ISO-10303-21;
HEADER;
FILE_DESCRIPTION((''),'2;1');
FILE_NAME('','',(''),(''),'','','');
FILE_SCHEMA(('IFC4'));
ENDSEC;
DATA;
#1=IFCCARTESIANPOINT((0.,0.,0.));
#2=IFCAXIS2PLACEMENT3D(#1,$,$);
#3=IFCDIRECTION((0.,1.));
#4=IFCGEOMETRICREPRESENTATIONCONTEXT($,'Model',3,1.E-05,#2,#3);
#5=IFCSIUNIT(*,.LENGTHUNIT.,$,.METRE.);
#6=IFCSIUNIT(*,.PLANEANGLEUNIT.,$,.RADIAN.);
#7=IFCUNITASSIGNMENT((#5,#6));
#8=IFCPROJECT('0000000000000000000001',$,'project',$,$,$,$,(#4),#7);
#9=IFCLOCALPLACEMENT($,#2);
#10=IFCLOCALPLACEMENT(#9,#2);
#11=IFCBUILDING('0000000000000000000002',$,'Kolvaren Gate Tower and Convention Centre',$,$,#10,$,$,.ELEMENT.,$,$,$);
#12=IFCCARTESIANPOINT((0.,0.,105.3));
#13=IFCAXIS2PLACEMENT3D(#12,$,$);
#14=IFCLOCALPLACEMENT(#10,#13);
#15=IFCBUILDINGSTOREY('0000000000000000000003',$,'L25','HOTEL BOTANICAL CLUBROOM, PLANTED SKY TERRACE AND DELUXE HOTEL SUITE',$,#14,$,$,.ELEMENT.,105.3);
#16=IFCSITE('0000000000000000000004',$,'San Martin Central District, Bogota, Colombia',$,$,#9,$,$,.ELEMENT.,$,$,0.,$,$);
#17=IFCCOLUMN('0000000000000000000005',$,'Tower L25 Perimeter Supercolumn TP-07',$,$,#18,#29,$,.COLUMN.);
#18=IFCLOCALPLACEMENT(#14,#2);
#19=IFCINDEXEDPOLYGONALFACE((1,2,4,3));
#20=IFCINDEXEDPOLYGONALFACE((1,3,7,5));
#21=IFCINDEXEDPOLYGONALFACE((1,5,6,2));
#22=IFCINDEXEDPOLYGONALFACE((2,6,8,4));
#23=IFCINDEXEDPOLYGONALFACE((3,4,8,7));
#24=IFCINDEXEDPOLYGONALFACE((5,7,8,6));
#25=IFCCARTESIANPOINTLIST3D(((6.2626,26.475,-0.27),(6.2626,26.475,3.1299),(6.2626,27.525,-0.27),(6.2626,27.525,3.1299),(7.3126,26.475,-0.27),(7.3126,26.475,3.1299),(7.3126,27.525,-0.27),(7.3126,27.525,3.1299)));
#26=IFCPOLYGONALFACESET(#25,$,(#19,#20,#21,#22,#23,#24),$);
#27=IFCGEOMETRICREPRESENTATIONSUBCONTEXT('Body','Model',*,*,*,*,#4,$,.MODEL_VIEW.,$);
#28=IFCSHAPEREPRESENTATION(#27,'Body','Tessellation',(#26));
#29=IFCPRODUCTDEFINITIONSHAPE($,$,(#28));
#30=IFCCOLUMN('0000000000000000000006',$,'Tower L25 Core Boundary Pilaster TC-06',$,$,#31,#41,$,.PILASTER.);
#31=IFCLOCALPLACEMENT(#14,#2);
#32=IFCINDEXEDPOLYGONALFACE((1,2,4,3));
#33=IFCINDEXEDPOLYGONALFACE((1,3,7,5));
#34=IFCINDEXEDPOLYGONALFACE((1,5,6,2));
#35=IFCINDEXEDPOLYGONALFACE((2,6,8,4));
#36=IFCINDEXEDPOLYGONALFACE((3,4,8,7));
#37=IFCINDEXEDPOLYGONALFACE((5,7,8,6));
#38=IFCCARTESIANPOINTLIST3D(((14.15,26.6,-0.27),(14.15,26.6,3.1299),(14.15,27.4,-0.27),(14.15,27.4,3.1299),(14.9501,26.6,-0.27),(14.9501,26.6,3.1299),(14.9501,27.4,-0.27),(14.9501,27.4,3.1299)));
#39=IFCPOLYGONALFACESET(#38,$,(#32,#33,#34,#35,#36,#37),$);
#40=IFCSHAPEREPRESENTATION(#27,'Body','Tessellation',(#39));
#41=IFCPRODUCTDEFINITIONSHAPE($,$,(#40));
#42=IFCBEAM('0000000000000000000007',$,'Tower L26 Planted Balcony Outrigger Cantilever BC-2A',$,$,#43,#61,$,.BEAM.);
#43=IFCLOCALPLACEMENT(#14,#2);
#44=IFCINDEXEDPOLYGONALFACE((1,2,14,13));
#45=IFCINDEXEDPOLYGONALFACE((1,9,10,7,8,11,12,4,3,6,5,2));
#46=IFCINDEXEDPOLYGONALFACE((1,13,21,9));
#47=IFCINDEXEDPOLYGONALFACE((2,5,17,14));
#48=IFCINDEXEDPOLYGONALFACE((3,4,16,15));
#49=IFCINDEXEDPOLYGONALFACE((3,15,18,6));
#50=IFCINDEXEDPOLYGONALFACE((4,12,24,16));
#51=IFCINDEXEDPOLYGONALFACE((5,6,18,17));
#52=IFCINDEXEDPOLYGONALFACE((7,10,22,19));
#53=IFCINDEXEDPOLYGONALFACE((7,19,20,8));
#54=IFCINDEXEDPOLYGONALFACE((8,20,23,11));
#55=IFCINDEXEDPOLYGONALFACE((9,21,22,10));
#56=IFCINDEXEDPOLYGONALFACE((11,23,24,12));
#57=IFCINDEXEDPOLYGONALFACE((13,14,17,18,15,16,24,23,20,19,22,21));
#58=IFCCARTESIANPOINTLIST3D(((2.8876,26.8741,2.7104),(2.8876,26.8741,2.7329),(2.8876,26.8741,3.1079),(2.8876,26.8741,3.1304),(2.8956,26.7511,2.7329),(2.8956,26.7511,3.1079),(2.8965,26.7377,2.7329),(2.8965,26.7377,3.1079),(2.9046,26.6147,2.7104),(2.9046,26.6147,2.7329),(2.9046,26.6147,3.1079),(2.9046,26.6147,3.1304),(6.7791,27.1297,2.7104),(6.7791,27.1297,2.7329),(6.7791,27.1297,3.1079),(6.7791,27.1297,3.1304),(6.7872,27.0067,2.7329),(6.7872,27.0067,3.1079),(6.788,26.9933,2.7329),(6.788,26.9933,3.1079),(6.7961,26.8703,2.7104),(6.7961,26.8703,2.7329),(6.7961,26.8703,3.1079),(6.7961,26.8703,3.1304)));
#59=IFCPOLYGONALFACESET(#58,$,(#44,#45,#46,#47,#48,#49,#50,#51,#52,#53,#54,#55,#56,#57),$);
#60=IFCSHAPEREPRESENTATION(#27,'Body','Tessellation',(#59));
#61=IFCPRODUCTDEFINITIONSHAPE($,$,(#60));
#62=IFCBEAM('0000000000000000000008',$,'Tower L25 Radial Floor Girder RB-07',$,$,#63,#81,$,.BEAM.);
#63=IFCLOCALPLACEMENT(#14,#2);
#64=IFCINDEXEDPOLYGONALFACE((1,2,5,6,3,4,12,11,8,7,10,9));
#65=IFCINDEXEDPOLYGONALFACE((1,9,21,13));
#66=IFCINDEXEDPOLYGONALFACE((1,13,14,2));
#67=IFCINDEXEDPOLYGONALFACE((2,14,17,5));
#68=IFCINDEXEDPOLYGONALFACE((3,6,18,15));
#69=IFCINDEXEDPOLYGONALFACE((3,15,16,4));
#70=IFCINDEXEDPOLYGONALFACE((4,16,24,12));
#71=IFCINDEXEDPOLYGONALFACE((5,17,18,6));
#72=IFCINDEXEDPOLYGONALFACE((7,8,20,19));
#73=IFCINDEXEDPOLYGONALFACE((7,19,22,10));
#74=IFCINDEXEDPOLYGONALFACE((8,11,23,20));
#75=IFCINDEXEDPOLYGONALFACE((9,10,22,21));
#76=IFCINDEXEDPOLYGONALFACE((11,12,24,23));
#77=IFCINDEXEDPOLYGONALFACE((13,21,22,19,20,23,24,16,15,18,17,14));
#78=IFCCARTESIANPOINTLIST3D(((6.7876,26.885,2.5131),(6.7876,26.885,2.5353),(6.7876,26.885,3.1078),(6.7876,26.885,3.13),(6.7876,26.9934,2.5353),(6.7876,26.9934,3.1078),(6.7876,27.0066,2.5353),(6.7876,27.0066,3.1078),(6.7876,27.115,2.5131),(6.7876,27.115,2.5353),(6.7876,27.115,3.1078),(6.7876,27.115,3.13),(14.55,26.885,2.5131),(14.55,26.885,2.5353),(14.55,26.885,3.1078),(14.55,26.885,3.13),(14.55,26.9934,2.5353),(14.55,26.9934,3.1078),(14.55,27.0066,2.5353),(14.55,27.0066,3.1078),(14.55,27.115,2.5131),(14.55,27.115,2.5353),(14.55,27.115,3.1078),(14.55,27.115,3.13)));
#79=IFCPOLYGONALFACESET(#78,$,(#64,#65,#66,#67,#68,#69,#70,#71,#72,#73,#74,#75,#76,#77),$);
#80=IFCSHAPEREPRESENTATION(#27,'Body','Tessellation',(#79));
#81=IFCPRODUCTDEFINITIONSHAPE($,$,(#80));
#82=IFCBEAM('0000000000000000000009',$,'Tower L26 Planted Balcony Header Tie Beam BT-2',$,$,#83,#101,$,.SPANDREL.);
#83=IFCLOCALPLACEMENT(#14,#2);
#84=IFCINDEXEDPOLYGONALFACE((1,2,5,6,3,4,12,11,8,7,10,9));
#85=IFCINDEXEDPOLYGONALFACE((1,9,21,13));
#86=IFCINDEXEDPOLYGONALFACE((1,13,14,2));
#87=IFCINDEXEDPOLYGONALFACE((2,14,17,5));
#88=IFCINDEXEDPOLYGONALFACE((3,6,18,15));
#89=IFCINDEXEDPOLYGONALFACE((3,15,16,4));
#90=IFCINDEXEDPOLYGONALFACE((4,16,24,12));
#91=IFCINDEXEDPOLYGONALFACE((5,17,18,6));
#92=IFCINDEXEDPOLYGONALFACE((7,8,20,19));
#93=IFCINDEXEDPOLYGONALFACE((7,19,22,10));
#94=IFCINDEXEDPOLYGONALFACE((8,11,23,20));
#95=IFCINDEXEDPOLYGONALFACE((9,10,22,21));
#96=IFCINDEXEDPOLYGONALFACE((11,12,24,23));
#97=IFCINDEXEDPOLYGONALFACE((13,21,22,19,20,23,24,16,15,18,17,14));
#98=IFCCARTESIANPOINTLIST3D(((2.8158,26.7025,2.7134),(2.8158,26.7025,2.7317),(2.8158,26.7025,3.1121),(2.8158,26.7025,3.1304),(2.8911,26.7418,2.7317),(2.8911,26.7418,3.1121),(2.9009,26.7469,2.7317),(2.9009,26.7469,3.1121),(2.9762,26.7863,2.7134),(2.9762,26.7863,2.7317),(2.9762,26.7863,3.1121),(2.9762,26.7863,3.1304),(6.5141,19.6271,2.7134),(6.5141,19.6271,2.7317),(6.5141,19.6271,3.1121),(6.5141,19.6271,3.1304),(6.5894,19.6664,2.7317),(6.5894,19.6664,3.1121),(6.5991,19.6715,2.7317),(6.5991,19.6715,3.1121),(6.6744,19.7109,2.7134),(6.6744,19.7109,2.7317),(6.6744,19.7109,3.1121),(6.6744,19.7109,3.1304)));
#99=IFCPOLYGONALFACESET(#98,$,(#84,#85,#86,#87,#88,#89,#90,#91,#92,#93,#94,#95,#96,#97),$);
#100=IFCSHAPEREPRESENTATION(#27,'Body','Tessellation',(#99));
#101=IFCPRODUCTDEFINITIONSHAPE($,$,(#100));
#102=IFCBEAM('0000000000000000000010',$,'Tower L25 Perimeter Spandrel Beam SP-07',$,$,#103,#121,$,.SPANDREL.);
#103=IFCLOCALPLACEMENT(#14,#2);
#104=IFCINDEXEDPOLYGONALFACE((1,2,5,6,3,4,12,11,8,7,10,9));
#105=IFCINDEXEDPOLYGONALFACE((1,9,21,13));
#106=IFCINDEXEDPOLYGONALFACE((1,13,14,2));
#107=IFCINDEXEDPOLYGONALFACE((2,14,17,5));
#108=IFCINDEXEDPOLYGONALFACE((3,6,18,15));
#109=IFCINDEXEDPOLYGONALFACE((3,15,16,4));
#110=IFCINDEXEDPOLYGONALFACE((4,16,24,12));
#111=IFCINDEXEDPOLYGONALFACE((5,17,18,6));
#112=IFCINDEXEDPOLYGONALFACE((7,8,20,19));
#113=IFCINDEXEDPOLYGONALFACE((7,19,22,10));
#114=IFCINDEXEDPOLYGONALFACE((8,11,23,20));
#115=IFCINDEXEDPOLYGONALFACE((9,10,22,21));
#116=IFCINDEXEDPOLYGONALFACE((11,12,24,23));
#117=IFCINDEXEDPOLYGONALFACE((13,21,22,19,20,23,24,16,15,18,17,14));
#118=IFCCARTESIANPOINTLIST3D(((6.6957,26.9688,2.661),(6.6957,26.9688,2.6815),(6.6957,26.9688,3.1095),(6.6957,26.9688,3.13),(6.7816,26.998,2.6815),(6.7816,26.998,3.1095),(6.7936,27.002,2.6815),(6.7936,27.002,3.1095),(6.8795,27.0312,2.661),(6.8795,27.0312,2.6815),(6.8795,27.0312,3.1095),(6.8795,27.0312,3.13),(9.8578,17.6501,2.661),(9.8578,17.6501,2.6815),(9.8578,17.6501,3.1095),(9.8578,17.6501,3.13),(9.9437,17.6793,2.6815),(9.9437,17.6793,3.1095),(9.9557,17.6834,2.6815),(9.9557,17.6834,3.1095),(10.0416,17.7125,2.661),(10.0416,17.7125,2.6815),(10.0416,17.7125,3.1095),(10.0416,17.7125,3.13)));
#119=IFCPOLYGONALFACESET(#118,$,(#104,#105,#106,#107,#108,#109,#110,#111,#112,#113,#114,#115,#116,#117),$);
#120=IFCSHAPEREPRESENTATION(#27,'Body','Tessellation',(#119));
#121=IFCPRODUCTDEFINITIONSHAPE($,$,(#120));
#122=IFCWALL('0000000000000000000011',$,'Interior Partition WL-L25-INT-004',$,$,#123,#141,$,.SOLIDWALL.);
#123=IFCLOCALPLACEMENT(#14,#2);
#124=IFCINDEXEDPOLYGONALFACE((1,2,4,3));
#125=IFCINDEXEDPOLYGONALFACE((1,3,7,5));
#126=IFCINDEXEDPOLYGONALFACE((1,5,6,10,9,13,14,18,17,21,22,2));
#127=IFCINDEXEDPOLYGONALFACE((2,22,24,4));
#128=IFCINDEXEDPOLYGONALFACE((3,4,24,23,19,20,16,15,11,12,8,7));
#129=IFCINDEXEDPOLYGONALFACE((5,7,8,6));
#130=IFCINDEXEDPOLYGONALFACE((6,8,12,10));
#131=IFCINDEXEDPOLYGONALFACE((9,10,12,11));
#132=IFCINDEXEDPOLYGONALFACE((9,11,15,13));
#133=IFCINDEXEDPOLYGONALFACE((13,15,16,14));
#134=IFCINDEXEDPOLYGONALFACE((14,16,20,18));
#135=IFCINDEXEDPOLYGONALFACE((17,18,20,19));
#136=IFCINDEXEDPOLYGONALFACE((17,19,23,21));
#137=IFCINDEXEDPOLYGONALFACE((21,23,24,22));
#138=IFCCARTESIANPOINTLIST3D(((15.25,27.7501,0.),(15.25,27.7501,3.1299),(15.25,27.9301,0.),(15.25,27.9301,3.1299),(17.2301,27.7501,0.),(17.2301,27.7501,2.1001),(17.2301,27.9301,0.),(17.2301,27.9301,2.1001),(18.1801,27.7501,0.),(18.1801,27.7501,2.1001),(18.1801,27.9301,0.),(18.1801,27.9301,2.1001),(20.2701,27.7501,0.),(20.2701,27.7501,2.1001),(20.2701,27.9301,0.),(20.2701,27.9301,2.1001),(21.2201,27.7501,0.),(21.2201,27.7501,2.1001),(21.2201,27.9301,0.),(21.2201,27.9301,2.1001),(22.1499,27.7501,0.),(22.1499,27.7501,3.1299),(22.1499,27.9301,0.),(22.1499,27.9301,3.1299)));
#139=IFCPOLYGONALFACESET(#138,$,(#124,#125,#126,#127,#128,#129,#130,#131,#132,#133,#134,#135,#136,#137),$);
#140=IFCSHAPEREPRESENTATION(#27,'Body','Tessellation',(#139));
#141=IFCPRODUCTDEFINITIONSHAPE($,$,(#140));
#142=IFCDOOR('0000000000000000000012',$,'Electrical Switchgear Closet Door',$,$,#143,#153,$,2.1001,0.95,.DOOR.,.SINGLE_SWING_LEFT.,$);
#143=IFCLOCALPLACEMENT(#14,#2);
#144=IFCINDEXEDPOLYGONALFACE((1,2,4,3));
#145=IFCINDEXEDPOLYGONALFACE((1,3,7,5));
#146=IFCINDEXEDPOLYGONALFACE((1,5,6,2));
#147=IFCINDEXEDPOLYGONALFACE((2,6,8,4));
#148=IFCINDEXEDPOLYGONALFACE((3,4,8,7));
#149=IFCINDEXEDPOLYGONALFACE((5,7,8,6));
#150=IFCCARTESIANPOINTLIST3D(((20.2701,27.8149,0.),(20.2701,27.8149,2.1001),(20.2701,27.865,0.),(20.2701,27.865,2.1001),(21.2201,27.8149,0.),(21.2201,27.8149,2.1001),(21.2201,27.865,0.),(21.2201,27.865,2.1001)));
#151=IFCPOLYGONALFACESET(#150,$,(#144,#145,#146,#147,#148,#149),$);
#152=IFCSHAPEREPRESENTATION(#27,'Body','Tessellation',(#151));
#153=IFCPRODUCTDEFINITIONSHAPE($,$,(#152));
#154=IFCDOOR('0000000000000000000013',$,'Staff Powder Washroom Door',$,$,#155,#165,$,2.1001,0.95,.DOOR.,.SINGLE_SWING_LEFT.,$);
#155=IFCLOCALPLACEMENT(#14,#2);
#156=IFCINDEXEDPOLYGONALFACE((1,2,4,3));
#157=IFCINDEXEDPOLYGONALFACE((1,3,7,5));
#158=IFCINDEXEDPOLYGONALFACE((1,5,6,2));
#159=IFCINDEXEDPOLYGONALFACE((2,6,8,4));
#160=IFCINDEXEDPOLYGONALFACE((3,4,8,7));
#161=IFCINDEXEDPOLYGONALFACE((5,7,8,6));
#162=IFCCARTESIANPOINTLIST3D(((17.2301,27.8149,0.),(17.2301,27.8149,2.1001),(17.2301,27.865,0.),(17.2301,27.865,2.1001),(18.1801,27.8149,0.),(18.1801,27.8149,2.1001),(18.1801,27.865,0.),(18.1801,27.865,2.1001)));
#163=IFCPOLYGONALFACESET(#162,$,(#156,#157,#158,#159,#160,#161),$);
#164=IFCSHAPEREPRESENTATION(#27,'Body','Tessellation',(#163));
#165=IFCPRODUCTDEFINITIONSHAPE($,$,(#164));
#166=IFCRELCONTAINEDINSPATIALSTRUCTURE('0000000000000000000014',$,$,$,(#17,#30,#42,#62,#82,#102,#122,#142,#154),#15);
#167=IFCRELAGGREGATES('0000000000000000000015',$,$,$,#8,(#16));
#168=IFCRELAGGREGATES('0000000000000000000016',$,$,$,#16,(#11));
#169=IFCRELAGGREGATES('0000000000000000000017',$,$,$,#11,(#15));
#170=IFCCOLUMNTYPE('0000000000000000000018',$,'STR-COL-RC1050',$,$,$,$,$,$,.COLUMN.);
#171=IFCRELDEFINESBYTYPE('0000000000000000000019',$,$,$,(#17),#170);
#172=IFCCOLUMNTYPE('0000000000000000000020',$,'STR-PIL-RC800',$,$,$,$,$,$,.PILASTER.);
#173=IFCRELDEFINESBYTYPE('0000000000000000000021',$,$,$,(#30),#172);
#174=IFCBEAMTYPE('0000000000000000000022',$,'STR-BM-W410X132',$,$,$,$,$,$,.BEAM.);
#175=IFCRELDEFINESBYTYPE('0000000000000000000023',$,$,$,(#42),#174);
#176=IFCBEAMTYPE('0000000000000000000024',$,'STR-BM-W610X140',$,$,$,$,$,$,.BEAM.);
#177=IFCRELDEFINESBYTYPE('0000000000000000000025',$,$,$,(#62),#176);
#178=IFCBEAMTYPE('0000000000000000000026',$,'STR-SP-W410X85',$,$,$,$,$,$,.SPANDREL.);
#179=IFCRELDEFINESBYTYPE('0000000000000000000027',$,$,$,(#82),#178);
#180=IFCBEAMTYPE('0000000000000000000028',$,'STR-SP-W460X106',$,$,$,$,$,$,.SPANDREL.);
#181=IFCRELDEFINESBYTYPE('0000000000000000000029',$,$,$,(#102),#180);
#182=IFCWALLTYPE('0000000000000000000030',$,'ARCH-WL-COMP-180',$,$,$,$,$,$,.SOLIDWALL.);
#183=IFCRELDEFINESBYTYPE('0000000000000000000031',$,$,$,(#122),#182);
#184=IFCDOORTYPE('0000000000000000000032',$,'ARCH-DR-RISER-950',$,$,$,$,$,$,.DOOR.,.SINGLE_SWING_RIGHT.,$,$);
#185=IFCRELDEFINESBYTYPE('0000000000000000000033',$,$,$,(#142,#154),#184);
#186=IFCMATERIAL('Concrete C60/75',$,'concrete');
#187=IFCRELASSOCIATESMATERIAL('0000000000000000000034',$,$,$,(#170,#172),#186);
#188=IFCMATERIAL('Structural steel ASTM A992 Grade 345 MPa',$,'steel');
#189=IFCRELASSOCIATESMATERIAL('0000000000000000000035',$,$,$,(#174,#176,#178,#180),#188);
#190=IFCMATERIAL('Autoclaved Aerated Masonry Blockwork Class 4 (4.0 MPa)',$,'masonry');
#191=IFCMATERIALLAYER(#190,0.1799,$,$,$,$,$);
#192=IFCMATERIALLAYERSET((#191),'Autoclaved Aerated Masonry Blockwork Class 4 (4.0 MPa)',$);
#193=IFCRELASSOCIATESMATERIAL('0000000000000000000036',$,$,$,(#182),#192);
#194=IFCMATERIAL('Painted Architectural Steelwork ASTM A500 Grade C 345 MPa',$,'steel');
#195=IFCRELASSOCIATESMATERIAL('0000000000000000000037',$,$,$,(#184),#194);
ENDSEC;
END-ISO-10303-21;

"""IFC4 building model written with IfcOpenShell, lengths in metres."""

from ifc_helpers import new_model, si_unit, direction, frame, frame_2d, origin, origin_2d, place, context, subcontext, project, spatial, rectangle, i_section, extrude, material, layer, layer_set, material_profile, profile_set, type_object, element, fill, save


model = new_model("IFC4")

# Units and contexts
model_context = context("Model", 3, precision=1e-05, world=origin(), true_north=direction((0.0, 1.0)))
body_context = subcontext(model_context, "Body", "Model", "MODEL_VIEW")
ifc_project = project(units=[si_unit("LENGTHUNIT", "METRE"), si_unit("PLANEANGLEUNIT", "RADIAN")], contexts=[model_context])

# Site, building, storey
site_placement = place(None, origin())
site = spatial("IfcSite", under=ifc_project, at=site_placement, Name="San Martin Central District, Bogota, Colombia", CompositionType="ELEMENT", RefElevation=0.0)
building_placement = place(site_placement, origin())
building = spatial("IfcBuilding", under=site, at=building_placement, Name="Kolvaren Gate Tower and Convention Centre", CompositionType="ELEMENT")
storey_placement = place(building_placement, frame((0.0, 0.0, 105.3)))
storey = spatial("IfcBuildingStorey", under=building, at=storey_placement, Name="L25", Description="HOTEL BOTANICAL CLUBROOM, PLANTED SKY TERRACE AND DELUXE HOTEL SUITE", CompositionType="ELEMENT", Elevation=105.3)

# Columns
ifc_material_1 = material(Name="Concrete C60/75", Category="concrete")
ifc_material_profile_1 = material_profile(ifc_material_1, rectangle(XDim=1.05, YDim=1.05, at=origin_2d()), Name="RC-COL-1050X1050")
ifc_profile_set_1 = profile_set([ifc_material_profile_1], Name="Concrete C60/75")
column_type_1 = type_object("IfcColumnType", Name="STR-COL-RC1050", PredefinedType="COLUMN", material=ifc_profile_set_1)
column_1_placement = place(storey_placement, frame((6.7876, 27.0, -0.27), z_axis=(0.0, 0.0, 1.0), x_axis=(1.0, 0.0, 0.0)))
element("IfcColumn", 1, at=column_1_placement, inside=storey, type_object=column_type_1, Name="Tower L25 Perimeter Supercolumn TP-07", PredefinedType="COLUMN", context=body_context, shape_type="SweptSolid", body=[
    extrude(rectangle(XDim=1.05, YDim=1.05, at=origin_2d()), origin(), (0.0, 0.0, 1.0), 3.3999),
])
ifc_material_profile_2 = material_profile(ifc_material_1, rectangle(XDim=0.8, YDim=0.8, at=origin_2d()), Name="RC-COL-800X800")
ifc_profile_set_2 = profile_set([ifc_material_profile_2], Name="Concrete C60/75")
column_type_2 = type_object("IfcColumnType", Name="STR-PIL-RC800", PredefinedType="PILASTER", material=ifc_profile_set_2)
column_2_placement = place(storey_placement, frame((14.55, 27.0, -0.27), z_axis=(0.0, 0.0, 1.0), x_axis=(1.0, 0.0, 0.0)))
element("IfcColumn", 2, at=column_2_placement, inside=storey, type_object=column_type_2, Name="Tower L25 Core Boundary Pilaster TC-06", PredefinedType="PILASTER", context=body_context, shape_type="SweptSolid", body=[
    extrude(rectangle(XDim=0.8, YDim=0.8, at=origin_2d()), origin(), (0.0, 0.0, 1.0), 3.3999),
])

# Beams
ifc_material_2 = material(Name="Structural steel ASTM A992 Grade 345 MPa", Category="steel")
ifc_material_profile_3 = material_profile(ifc_material_2, i_section(OverallWidth=0.26, OverallDepth=0.4199, WebThickness=0.0134, FlangeThickness=0.0225, at=origin_2d()), Name="W410X132")
ifc_profile_set_3 = profile_set([ifc_material_profile_3], Name="Structural steel ASTM A992 Grade 345 MPa")
beam_type_1 = type_object("IfcBeamType", Name="STR-BM-W410X132", PredefinedType="BEAM", material=ifc_profile_set_3)
beam_1_placement = place(storey_placement, frame((6.7876, 27.0, 2.9204), z_axis=(-0.99785, -0.065543, 0.0), x_axis=(0.065543, -0.99785, 0.0)))
element("IfcBeam", 3, at=beam_1_placement, inside=storey, type_object=beam_type_1, Name="Tower L26 Planted Balcony Outrigger Cantilever BC-2A", PredefinedType="BEAM", context=body_context, shape_type="SweptSolid", body=[
    extrude(i_section(OverallWidth=0.26, OverallDepth=0.4199, WebThickness=0.0134, FlangeThickness=0.0225, at=origin_2d()), origin(), (0.0, 0.0, 1.0), 3.8999),
])
ifc_material_profile_4 = material_profile(ifc_material_2, i_section(OverallWidth=0.23, OverallDepth=0.6169, WebThickness=0.0132, FlangeThickness=0.0222, at=origin_2d()), Name="W610X140")
ifc_profile_set_4 = profile_set([ifc_material_profile_4], Name="Structural steel ASTM A992 Grade 345 MPa")
beam_type_2 = type_object("IfcBeamType", Name="STR-BM-W610X140", PredefinedType="BEAM", material=ifc_profile_set_4)
beam_2_placement = place(storey_placement, frame((14.55, 27.0, 2.8215), z_axis=(-1.0, 0.0, 0.0), x_axis=(0.0, -1.0, 0.0)))
element("IfcBeam", 4, at=beam_2_placement, inside=storey, type_object=beam_type_2, Name="Tower L25 Radial Floor Girder RB-07", PredefinedType="BEAM", context=body_context, shape_type="SweptSolid", body=[
    extrude(i_section(OverallWidth=0.23, OverallDepth=0.6169, WebThickness=0.0132, FlangeThickness=0.0222, at=origin_2d()), origin(), (0.0, 0.0, 1.0), 7.7625),
])
ifc_material_profile_5 = material_profile(ifc_material_2, i_section(OverallWidth=0.1809, OverallDepth=0.417, WebThickness=0.011, FlangeThickness=0.0183, at=origin_2d()), Name="W410X85")
ifc_profile_set_5 = profile_set([ifc_material_profile_5], Name="Structural steel ASTM A992 Grade 345 MPa")
beam_type_3 = type_object("IfcBeamType", Name="STR-SP-W410X85", PredefinedType="SPANDREL", material=ifc_profile_set_5)
beam_3_placement = place(storey_placement, frame((2.896, 26.7444, 2.9219), z_axis=(0.463226, -0.88624, 0.0), x_axis=(0.88624, 0.463226, 0.0)))
element("IfcBeam", 5, at=beam_3_placement, inside=storey, type_object=beam_type_3, Name="Tower L26 Planted Balcony Header Tie Beam BT-2", PredefinedType="SPANDREL", context=body_context, shape_type="SweptSolid", body=[
    extrude(i_section(OverallWidth=0.1809, OverallDepth=0.417, WebThickness=0.011, FlangeThickness=0.0183, at=origin_2d()), origin(), (0.0, 0.0, 1.0), 7.9836),
])
ifc_material_profile_6 = material_profile(ifc_material_2, i_section(OverallWidth=0.1941, OverallDepth=0.469, WebThickness=0.0127, FlangeThickness=0.0205, at=origin_2d()), Name="W460X106")
ifc_profile_set_6 = profile_set([ifc_material_profile_6], Name="Structural steel ASTM A992 Grade 345 MPa")
beam_type_4 = type_object("IfcBeamType", Name="STR-SP-W460X106", PredefinedType="SPANDREL", material=ifc_profile_set_6)
beam_4_placement = place(storey_placement, frame((6.7876, 27.0, 2.8955), z_axis=(0.321336, -0.946965, 0.0), x_axis=(0.946965, 0.321336, 0.0)))
element("IfcBeam", 6, at=beam_4_placement, inside=storey, type_object=beam_type_4, Name="Tower L25 Perimeter Spandrel Beam SP-07", PredefinedType="SPANDREL", context=body_context, shape_type="SweptSolid", body=[
    extrude(i_section(OverallWidth=0.1941, OverallDepth=0.469, WebThickness=0.0127, FlangeThickness=0.0205, at=origin_2d()), origin(), (0.0, 0.0, 1.0), 9.8406),
])

# Wall, openings, doors
ifc_material_3 = material(Name="Autoclaved Aerated Masonry Blockwork Class 4 (4.0 MPa)", Category="masonry")
ifc_layer_1 = layer(ifc_material_3, 0.1799)
ifc_layer_set_1 = layer_set([ifc_layer_1], Name="Autoclaved Aerated Masonry Blockwork Class 4 (4.0 MPa)")
wall_type_1 = type_object("IfcWallType", Name="ARCH-WL-COMP-180", PredefinedType="SOLIDWALL", material=ifc_layer_set_1)
wall_1_placement = place(storey_placement, frame((15.25, 27.8401, 0.0), z_axis=(0.0, 0.0, 1.0), x_axis=(1.0, 0.0, 0.0)))
wall_1 = element("IfcWall", 7, at=wall_1_placement, inside=storey, type_object=wall_type_1, Name="Interior Partition WL-L25-INT-004", PredefinedType="SOLIDWALL", context=body_context, shape_type="SweptSolid", body=[
    extrude(rectangle(XDim=6.8999, YDim=0.1799, at=frame_2d((3.45, 0.0))), origin(), (0.0, 0.0, 1.0), 3.1299),
])
opening_1_placement = place(wall_1_placement, frame((5.02, 0.0, 0.0)))
opening_1 = element("IfcOpeningElement", 8, at=opening_1_placement, cuts=wall_1, PredefinedType="OPENING", context=body_context, shape_type="SweptSolid", body=[
    extrude(rectangle(XDim=0.95, YDim=2.1001, at=frame_2d((0.4751, 1.05))), frame((0.0, 0.0999, 0.0), z_axis=(0.0, -1.0, 0.0), x_axis=(1.0, 0.0, 0.0)), (0.0, 0.0, 1.0), 0.2),
])
opening_2_placement = place(wall_1_placement, frame((1.98, 0.0, 0.0)))
opening_2 = element("IfcOpeningElement", 9, at=opening_2_placement, cuts=wall_1, PredefinedType="OPENING", context=body_context, shape_type="SweptSolid", body=[
    extrude(rectangle(XDim=0.95, YDim=2.1001, at=frame_2d((0.4751, 1.05))), frame((0.0, 0.0999, 0.0), z_axis=(0.0, -1.0, 0.0), x_axis=(1.0, 0.0, 0.0)), (0.0, 0.0, 1.0), 0.2),
])
ifc_material_4 = material(Name="Painted Architectural Steelwork ASTM A500 Grade C 345 MPa", Category="steel")
door_type_1 = type_object("IfcDoorType", Name="ARCH-DR-RISER-950", OperationType="SINGLE_SWING_RIGHT", PredefinedType="DOOR", material=ifc_material_4)
door_1_placement = place(opening_1_placement, origin())
door_1 = element("IfcDoor", 10, at=door_1_placement, inside=storey, type_object=door_type_1, Name="Electrical Switchgear Closet Door", OperationType="SINGLE_SWING_LEFT", OverallHeight=2.1001, OverallWidth=0.95, PredefinedType="DOOR", context=body_context, shape_type="SweptSolid", body=[
    extrude(rectangle(XDim=0.95, YDim=2.1001, at=frame_2d((0.4751, 1.05))), frame((0.0, 0.0249, 0.0), z_axis=(0.0, -1.0, 0.0), x_axis=(1.0, 0.0, 0.0)), (0.0, 0.0, 1.0), 0.05),
])
fill(opening_1, door_1)
door_2_placement = place(opening_2_placement, origin())
door_2 = element("IfcDoor", 11, at=door_2_placement, inside=storey, type_object=door_type_1, Name="Staff Powder Washroom Door", OperationType="SINGLE_SWING_LEFT", OverallHeight=2.1001, OverallWidth=0.95, PredefinedType="DOOR", context=body_context, shape_type="SweptSolid", body=[
    extrude(rectangle(XDim=0.95, YDim=2.1001, at=frame_2d((0.4751, 1.05))), frame((0.0, 0.0249, 0.0), z_axis=(0.0, -1.0, 0.0), x_axis=(1.0, 0.0, 0.0)), (0.0, 0.0, 1.0), 0.05),
])
fill(opening_2, door_2)

save(model, "model.ifc")
